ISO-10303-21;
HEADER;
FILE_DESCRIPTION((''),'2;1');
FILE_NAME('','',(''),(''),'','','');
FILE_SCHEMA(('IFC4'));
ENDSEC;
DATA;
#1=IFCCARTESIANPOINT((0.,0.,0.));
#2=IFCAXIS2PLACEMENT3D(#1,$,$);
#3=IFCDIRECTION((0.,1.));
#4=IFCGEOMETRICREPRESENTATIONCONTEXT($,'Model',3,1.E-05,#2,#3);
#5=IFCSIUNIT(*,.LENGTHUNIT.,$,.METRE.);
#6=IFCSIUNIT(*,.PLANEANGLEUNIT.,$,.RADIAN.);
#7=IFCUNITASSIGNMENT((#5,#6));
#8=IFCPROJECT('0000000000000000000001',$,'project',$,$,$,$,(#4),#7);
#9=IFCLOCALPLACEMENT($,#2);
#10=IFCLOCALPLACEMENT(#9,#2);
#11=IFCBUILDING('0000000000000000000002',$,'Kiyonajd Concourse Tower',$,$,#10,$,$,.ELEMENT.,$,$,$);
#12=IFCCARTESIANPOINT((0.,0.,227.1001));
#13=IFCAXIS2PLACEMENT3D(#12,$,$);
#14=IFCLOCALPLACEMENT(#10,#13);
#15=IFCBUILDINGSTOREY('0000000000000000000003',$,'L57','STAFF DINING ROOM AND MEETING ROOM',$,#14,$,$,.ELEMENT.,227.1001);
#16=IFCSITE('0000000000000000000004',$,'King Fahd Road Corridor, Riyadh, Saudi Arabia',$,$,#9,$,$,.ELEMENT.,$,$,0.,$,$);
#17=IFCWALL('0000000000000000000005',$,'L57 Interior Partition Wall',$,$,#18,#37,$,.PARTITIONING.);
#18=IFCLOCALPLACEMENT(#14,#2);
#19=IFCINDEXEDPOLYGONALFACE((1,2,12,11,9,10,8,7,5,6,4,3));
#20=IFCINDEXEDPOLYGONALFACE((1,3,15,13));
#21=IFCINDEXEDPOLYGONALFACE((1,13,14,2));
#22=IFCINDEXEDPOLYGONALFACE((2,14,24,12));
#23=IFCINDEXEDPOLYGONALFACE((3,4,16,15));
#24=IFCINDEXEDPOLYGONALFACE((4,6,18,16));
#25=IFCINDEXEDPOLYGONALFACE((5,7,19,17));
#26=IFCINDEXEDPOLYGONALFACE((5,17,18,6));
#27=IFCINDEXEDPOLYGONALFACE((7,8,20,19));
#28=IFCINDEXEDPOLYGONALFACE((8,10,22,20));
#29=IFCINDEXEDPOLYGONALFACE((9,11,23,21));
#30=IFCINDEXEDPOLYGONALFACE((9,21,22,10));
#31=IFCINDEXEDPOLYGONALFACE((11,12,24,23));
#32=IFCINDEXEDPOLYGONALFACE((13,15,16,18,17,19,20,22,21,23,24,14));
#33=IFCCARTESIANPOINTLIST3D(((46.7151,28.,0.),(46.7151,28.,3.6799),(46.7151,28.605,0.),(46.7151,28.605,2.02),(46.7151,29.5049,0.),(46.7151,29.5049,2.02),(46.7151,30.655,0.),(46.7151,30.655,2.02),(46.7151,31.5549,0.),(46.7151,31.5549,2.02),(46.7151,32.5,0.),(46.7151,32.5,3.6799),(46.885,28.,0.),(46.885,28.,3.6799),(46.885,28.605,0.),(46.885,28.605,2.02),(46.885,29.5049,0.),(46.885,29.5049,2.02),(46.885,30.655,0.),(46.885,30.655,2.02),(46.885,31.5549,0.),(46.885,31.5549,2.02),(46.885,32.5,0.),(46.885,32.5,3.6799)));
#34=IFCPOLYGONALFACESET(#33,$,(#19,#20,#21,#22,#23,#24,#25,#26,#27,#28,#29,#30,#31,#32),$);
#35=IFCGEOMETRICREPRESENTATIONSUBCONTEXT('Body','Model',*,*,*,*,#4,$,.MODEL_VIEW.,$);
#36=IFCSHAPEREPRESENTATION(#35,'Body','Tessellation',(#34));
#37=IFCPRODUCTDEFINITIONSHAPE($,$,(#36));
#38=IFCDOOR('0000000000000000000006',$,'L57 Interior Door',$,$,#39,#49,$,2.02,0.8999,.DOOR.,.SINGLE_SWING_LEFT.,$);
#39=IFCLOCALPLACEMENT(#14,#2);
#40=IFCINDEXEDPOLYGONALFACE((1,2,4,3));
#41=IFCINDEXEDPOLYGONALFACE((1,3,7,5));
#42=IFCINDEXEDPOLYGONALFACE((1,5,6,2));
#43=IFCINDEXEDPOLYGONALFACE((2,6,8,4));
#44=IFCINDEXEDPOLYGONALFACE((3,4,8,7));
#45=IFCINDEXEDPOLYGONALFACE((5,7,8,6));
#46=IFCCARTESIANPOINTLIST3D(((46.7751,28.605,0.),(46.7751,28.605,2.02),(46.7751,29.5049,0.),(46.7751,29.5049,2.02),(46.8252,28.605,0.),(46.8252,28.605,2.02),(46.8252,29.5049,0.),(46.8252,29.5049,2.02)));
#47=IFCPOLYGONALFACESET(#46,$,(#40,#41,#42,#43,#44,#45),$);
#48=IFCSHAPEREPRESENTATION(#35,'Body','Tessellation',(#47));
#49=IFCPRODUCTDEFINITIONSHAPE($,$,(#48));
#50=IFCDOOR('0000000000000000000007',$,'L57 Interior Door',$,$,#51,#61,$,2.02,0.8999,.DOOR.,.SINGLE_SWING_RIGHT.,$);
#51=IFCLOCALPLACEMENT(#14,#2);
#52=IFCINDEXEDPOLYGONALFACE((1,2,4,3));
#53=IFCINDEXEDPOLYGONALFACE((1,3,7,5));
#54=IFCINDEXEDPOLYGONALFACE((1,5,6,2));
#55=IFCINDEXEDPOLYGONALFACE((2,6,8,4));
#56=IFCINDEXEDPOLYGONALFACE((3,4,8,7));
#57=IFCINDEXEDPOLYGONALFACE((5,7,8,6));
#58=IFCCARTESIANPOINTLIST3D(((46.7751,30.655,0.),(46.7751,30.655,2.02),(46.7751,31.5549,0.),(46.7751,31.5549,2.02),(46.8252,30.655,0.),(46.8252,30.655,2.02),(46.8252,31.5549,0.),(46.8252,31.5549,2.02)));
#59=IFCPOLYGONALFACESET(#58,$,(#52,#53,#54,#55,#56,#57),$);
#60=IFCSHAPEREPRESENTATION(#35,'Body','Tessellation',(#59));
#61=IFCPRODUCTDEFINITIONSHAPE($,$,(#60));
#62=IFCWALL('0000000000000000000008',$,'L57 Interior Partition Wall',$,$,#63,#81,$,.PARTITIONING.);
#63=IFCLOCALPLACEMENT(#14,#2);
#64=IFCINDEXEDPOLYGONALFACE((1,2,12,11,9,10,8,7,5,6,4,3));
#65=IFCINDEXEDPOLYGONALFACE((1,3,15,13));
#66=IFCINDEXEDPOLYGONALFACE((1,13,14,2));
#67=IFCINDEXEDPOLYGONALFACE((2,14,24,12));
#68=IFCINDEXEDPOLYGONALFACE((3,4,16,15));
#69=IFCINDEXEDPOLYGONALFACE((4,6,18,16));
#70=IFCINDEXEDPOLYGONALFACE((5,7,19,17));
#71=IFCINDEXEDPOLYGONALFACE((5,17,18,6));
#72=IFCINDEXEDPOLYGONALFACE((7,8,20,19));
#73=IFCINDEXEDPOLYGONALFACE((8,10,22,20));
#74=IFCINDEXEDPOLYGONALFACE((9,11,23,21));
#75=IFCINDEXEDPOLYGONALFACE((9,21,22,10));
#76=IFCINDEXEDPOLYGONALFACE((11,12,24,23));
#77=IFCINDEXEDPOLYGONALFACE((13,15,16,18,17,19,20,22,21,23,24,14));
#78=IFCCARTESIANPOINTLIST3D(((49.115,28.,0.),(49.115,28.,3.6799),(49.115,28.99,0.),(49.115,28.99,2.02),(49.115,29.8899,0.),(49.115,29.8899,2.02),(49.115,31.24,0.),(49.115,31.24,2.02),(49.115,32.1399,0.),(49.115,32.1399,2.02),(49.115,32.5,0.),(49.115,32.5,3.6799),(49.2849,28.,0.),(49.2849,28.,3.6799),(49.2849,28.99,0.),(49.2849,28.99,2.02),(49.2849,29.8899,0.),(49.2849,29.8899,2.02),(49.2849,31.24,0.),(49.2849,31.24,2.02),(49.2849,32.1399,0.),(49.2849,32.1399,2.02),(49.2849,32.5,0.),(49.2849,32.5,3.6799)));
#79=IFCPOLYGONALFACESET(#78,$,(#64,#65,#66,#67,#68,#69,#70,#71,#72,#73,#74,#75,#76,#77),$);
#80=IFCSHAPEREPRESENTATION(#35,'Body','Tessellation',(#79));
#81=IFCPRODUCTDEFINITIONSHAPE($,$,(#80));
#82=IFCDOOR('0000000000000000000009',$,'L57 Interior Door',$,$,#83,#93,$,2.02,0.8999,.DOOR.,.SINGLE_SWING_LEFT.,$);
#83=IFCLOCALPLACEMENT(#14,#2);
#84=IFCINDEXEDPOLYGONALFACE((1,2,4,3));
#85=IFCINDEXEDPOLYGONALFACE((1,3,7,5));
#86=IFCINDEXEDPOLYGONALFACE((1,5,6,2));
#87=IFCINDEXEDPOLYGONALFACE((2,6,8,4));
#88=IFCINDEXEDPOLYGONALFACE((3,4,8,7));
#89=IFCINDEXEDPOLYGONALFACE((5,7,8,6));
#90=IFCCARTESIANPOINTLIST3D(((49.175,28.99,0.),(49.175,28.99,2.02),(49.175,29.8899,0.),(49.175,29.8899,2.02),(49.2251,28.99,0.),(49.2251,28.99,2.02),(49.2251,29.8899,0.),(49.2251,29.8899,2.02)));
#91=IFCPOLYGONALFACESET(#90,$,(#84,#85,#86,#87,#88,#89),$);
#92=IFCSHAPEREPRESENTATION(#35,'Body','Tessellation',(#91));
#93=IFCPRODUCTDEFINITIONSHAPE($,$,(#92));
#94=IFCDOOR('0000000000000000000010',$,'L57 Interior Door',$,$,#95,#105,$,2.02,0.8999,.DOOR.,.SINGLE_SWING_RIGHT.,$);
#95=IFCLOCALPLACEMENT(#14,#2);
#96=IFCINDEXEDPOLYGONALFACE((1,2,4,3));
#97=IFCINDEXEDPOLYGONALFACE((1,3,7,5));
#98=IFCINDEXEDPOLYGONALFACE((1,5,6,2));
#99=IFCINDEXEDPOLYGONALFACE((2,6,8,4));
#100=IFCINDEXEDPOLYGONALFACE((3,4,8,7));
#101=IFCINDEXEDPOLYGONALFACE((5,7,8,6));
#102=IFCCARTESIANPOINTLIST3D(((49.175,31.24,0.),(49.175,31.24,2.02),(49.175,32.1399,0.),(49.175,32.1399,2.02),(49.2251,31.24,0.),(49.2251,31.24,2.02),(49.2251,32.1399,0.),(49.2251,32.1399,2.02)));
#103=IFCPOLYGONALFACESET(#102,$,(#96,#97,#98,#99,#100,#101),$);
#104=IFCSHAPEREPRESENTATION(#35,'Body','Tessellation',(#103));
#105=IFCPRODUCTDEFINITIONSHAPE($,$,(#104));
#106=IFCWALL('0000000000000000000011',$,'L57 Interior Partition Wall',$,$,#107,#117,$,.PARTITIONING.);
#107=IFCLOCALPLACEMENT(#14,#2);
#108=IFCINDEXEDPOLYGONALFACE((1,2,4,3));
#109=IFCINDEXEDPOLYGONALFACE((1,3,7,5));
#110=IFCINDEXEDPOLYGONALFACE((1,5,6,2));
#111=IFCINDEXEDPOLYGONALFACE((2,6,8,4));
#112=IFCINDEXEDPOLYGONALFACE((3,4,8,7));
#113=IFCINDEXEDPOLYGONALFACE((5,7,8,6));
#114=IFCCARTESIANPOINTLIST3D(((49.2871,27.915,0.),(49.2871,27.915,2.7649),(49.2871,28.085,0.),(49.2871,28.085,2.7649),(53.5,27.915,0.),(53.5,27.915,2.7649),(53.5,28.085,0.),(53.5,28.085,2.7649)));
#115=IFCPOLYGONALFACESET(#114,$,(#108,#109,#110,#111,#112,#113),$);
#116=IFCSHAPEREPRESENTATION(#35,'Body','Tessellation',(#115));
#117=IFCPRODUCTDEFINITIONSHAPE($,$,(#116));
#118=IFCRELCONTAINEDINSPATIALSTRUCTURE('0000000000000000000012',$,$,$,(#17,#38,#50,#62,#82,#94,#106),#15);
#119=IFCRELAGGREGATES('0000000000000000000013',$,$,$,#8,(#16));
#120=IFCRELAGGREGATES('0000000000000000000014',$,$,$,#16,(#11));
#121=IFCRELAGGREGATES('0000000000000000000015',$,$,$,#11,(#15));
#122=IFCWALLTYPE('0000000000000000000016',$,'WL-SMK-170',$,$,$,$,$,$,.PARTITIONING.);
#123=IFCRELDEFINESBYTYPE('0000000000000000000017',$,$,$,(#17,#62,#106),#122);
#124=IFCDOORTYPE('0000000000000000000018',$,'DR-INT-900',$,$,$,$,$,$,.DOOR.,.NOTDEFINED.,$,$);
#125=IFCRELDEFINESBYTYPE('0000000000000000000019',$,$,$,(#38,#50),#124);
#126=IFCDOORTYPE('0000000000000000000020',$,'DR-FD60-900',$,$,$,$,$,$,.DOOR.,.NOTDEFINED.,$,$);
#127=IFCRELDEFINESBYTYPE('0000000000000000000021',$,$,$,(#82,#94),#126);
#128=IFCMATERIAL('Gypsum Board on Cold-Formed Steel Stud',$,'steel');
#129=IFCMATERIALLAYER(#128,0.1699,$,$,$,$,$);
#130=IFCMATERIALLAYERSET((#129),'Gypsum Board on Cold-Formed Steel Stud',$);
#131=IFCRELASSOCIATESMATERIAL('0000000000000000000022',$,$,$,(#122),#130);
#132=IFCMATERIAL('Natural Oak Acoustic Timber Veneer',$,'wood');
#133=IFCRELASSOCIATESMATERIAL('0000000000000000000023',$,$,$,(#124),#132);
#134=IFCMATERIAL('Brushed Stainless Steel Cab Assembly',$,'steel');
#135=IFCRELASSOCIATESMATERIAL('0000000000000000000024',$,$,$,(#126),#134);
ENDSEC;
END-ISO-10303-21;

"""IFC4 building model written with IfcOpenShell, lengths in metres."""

from ifc_helpers import new_model, si_unit, direction, frame, frame_2d, origin, place, context, subcontext, project, spatial, rectangle, extrude, material, layer, layer_set, type_object, element, fill, save


model = new_model("IFC4")

# Units and contexts
model_context = context("Model", 3, precision=1e-05, world=origin(), true_north=direction((0.0, 1.0)))
body_context = subcontext(model_context, "Body", "Model", "MODEL_VIEW")
ifc_project = project(units=[si_unit("LENGTHUNIT", "METRE"), si_unit("PLANEANGLEUNIT", "RADIAN")], contexts=[model_context])

# Site, building, storey
site_placement = place(None, origin())
site = spatial("IfcSite", under=ifc_project, at=site_placement, Name="King Fahd Road Corridor, Riyadh, Saudi Arabia", CompositionType="ELEMENT", RefElevation=0.0)
building_placement = place(site_placement, origin())
building = spatial("IfcBuilding", under=site, at=building_placement, Name="Kiyonajd Concourse Tower", CompositionType="ELEMENT")
storey_placement = place(building_placement, frame((0.0, 0.0, 227.1001)))
storey = spatial("IfcBuildingStorey", under=building, at=storey_placement, Name="L57", Description="STAFF DINING ROOM AND MEETING ROOM", CompositionType="ELEMENT", Elevation=227.1001)

# Shared definitions
ifc_material_1 = material(Name="Gypsum Board on Cold-Formed Steel Stud", Category="steel")

# Shared definitions
ifc_layer_1 = layer(ifc_material_1, 0.1699)
ifc_layer_set_1 = layer_set([ifc_layer_1], Name="Gypsum Board on Cold-Formed Steel Stud")
wall_type_1 = type_object("IfcWallType", Name="WL-SMK-170", PredefinedType="PARTITIONING", material=ifc_layer_set_1)
ifc_material_2 = material(Name="Natural Oak Acoustic Timber Veneer", Category="wood")
door_type_1 = type_object("IfcDoorType", Name="DR-INT-900", OperationType="NOTDEFINED", PredefinedType="DOOR", material=ifc_material_2)

# Shared definitions
ifc_material_3 = material(Name="Brushed Stainless Steel Cab Assembly", Category="steel")
door_type_2 = type_object("IfcDoorType", Name="DR-FD60-900", OperationType="NOTDEFINED", PredefinedType="DOOR", material=ifc_material_3)

# Walls, openings, doors
wall_1_placement = place(storey_placement, frame((46.8, 28.0, 0.0), z_axis=(0.0, 0.0, 1.0), x_axis=(0.0, 1.0, 0.0)))
wall_1 = element("IfcWall", 1, at=wall_1_placement, inside=storey, type_object=wall_type_1, Name="L57 Interior Partition Wall", PredefinedType="PARTITIONING", context=body_context, shape_type="SweptSolid", body=[
    extrude(rectangle(XDim=4.5, YDim=0.1699, at=frame_2d((2.25, 0.0))), origin(), (0.0, 0.0, 1.0), 3.6799),
])
opening_1_placement = place(wall_1_placement, frame((0.605, 0.0, 0.0)))
opening_1 = element("IfcOpeningElement", 2, at=opening_1_placement, cuts=wall_1, PredefinedType="OPENING", context=body_context, shape_type="SweptSolid", body=[
    extrude(rectangle(XDim=0.8999, YDim=2.02, at=frame_2d((0.45, 1.01))), frame((0.0, 0.095, 0.0), z_axis=(0.0, -1.0, 0.0), x_axis=(1.0, 0.0, 0.0)), (0.0, 0.0, 1.0), 0.1899),
])
opening_2_placement = place(wall_1_placement, frame((2.655, 0.0, 0.0)))
opening_2 = element("IfcOpeningElement", 3, at=opening_2_placement, cuts=wall_1, PredefinedType="OPENING", context=body_context, shape_type="SweptSolid", body=[
    extrude(rectangle(XDim=0.8999, YDim=2.02, at=frame_2d((0.45, 1.01))), frame((0.0, 0.095, 0.0), z_axis=(0.0, -1.0, 0.0), x_axis=(1.0, 0.0, 0.0)), (0.0, 0.0, 1.0), 0.1899),
])
door_1_placement = place(opening_1_placement, origin())
door_1 = element("IfcDoor", 4, at=door_1_placement, inside=storey, type_object=door_type_1, Name="L57 Interior Door", OperationType="SINGLE_SWING_LEFT", OverallHeight=2.02, OverallWidth=0.8999, PredefinedType="DOOR", context=body_context, shape_type="SweptSolid", body=[
    extrude(rectangle(XDim=0.8999, YDim=2.02, at=frame_2d((0.45, 1.01))), frame((0.0, 0.0249, 0.0), z_axis=(0.0, -1.0, 0.0), x_axis=(1.0, 0.0, 0.0)), (0.0, 0.0, 1.0), 0.05),
])
fill(opening_1, door_1)
door_2_placement = place(opening_2_placement, origin())
door_2 = element("IfcDoor", 5, at=door_2_placement, inside=storey, type_object=door_type_1, Name="L57 Interior Door", OperationType="SINGLE_SWING_RIGHT", OverallHeight=2.02, OverallWidth=0.8999, PredefinedType="DOOR", context=body_context, shape_type="SweptSolid", body=[
    extrude(rectangle(XDim=0.8999, YDim=2.02, at=frame_2d((0.45, 1.01))), frame((0.0, 0.0249, 0.0), z_axis=(0.0, -1.0, 0.0), x_axis=(1.0, 0.0, 0.0)), (0.0, 0.0, 1.0), 0.05),
])
fill(opening_2, door_2)
wall_2_placement = place(storey_placement, frame((49.2, 28.0, 0.0), z_axis=(0.0, 0.0, 1.0), x_axis=(0.0, 1.0, 0.0)))
wall_2 = element("IfcWall", 6, at=wall_2_placement, inside=storey, type_object=wall_type_1, Name="L57 Interior Partition Wall", PredefinedType="PARTITIONING", context=body_context, shape_type="SweptSolid", body=[
    extrude(rectangle(XDim=4.5, YDim=0.1699, at=frame_2d((2.25, 0.0))), origin(), (0.0, 0.0, 1.0), 3.6799),
])
opening_3_placement = place(wall_2_placement, frame((0.99, 0.0, 0.0)))
opening_3 = element("IfcOpeningElement", 7, at=opening_3_placement, cuts=wall_2, PredefinedType="OPENING", context=body_context, shape_type="SweptSolid", body=[
    extrude(rectangle(XDim=0.8999, YDim=2.02, at=frame_2d((0.45, 1.01))), frame((0.0, 0.095, 0.0), z_axis=(0.0, -1.0, 0.0), x_axis=(1.0, 0.0, 0.0)), (0.0, 0.0, 1.0), 0.1899),
])
opening_4_placement = place(wall_2_placement, frame((3.24, 0.0, 0.0)))
opening_4 = element("IfcOpeningElement", 8, at=opening_4_placement, cuts=wall_2, PredefinedType="OPENING", context=body_context, shape_type="SweptSolid", body=[
    extrude(rectangle(XDim=0.8999, YDim=2.02, at=frame_2d((0.45, 1.01))), frame((0.0, 0.095, 0.0), z_axis=(0.0, -1.0, 0.0), x_axis=(1.0, 0.0, 0.0)), (0.0, 0.0, 1.0), 0.1899),
])
door_3_placement = place(opening_3_placement, origin())
door_3 = element("IfcDoor", 9, at=door_3_placement, inside=storey, type_object=door_type_2, Name="L57 Interior Door", OperationType="SINGLE_SWING_LEFT", OverallHeight=2.02, OverallWidth=0.8999, PredefinedType="DOOR", context=body_context, shape_type="SweptSolid", body=[
    extrude(rectangle(XDim=0.8999, YDim=2.02, at=frame_2d((0.45, 1.01))), frame((0.0, 0.0249, 0.0), z_axis=(0.0, -1.0, 0.0), x_axis=(1.0, 0.0, 0.0)), (0.0, 0.0, 1.0), 0.05),
])
fill(opening_3, door_3)
door_4_placement = place(opening_4_placement, origin())
door_4 = element("IfcDoor", 10, at=door_4_placement, inside=storey, type_object=door_type_2, Name="L57 Interior Door", OperationType="SINGLE_SWING_RIGHT", OverallHeight=2.02, OverallWidth=0.8999, PredefinedType="DOOR", context=body_context, shape_type="SweptSolid", body=[
    extrude(rectangle(XDim=0.8999, YDim=2.02, at=frame_2d((0.45, 1.01))), frame((0.0, 0.0249, 0.0), z_axis=(0.0, -1.0, 0.0), x_axis=(1.0, 0.0, 0.0)), (0.0, 0.0, 1.0), 0.05),
])
fill(opening_4, door_4)

# Wall
wall_3_placement = place(storey_placement, frame((49.2871, 28.0, 0.0), z_axis=(0.0, 0.0, 1.0), x_axis=(1.0, 0.0, 0.0)))
element("IfcWall", 11, at=wall_3_placement, inside=storey, type_object=wall_type_1, Name="L57 Interior Partition Wall", PredefinedType="PARTITIONING", context=body_context, shape_type="SweptSolid", body=[
    extrude(rectangle(XDim=4.2129, YDim=0.1699, at=frame_2d((2.1064, 0.0))), origin(), (0.0, 0.0, 1.0), 2.7649),
])

save(model, "model.ifc")
